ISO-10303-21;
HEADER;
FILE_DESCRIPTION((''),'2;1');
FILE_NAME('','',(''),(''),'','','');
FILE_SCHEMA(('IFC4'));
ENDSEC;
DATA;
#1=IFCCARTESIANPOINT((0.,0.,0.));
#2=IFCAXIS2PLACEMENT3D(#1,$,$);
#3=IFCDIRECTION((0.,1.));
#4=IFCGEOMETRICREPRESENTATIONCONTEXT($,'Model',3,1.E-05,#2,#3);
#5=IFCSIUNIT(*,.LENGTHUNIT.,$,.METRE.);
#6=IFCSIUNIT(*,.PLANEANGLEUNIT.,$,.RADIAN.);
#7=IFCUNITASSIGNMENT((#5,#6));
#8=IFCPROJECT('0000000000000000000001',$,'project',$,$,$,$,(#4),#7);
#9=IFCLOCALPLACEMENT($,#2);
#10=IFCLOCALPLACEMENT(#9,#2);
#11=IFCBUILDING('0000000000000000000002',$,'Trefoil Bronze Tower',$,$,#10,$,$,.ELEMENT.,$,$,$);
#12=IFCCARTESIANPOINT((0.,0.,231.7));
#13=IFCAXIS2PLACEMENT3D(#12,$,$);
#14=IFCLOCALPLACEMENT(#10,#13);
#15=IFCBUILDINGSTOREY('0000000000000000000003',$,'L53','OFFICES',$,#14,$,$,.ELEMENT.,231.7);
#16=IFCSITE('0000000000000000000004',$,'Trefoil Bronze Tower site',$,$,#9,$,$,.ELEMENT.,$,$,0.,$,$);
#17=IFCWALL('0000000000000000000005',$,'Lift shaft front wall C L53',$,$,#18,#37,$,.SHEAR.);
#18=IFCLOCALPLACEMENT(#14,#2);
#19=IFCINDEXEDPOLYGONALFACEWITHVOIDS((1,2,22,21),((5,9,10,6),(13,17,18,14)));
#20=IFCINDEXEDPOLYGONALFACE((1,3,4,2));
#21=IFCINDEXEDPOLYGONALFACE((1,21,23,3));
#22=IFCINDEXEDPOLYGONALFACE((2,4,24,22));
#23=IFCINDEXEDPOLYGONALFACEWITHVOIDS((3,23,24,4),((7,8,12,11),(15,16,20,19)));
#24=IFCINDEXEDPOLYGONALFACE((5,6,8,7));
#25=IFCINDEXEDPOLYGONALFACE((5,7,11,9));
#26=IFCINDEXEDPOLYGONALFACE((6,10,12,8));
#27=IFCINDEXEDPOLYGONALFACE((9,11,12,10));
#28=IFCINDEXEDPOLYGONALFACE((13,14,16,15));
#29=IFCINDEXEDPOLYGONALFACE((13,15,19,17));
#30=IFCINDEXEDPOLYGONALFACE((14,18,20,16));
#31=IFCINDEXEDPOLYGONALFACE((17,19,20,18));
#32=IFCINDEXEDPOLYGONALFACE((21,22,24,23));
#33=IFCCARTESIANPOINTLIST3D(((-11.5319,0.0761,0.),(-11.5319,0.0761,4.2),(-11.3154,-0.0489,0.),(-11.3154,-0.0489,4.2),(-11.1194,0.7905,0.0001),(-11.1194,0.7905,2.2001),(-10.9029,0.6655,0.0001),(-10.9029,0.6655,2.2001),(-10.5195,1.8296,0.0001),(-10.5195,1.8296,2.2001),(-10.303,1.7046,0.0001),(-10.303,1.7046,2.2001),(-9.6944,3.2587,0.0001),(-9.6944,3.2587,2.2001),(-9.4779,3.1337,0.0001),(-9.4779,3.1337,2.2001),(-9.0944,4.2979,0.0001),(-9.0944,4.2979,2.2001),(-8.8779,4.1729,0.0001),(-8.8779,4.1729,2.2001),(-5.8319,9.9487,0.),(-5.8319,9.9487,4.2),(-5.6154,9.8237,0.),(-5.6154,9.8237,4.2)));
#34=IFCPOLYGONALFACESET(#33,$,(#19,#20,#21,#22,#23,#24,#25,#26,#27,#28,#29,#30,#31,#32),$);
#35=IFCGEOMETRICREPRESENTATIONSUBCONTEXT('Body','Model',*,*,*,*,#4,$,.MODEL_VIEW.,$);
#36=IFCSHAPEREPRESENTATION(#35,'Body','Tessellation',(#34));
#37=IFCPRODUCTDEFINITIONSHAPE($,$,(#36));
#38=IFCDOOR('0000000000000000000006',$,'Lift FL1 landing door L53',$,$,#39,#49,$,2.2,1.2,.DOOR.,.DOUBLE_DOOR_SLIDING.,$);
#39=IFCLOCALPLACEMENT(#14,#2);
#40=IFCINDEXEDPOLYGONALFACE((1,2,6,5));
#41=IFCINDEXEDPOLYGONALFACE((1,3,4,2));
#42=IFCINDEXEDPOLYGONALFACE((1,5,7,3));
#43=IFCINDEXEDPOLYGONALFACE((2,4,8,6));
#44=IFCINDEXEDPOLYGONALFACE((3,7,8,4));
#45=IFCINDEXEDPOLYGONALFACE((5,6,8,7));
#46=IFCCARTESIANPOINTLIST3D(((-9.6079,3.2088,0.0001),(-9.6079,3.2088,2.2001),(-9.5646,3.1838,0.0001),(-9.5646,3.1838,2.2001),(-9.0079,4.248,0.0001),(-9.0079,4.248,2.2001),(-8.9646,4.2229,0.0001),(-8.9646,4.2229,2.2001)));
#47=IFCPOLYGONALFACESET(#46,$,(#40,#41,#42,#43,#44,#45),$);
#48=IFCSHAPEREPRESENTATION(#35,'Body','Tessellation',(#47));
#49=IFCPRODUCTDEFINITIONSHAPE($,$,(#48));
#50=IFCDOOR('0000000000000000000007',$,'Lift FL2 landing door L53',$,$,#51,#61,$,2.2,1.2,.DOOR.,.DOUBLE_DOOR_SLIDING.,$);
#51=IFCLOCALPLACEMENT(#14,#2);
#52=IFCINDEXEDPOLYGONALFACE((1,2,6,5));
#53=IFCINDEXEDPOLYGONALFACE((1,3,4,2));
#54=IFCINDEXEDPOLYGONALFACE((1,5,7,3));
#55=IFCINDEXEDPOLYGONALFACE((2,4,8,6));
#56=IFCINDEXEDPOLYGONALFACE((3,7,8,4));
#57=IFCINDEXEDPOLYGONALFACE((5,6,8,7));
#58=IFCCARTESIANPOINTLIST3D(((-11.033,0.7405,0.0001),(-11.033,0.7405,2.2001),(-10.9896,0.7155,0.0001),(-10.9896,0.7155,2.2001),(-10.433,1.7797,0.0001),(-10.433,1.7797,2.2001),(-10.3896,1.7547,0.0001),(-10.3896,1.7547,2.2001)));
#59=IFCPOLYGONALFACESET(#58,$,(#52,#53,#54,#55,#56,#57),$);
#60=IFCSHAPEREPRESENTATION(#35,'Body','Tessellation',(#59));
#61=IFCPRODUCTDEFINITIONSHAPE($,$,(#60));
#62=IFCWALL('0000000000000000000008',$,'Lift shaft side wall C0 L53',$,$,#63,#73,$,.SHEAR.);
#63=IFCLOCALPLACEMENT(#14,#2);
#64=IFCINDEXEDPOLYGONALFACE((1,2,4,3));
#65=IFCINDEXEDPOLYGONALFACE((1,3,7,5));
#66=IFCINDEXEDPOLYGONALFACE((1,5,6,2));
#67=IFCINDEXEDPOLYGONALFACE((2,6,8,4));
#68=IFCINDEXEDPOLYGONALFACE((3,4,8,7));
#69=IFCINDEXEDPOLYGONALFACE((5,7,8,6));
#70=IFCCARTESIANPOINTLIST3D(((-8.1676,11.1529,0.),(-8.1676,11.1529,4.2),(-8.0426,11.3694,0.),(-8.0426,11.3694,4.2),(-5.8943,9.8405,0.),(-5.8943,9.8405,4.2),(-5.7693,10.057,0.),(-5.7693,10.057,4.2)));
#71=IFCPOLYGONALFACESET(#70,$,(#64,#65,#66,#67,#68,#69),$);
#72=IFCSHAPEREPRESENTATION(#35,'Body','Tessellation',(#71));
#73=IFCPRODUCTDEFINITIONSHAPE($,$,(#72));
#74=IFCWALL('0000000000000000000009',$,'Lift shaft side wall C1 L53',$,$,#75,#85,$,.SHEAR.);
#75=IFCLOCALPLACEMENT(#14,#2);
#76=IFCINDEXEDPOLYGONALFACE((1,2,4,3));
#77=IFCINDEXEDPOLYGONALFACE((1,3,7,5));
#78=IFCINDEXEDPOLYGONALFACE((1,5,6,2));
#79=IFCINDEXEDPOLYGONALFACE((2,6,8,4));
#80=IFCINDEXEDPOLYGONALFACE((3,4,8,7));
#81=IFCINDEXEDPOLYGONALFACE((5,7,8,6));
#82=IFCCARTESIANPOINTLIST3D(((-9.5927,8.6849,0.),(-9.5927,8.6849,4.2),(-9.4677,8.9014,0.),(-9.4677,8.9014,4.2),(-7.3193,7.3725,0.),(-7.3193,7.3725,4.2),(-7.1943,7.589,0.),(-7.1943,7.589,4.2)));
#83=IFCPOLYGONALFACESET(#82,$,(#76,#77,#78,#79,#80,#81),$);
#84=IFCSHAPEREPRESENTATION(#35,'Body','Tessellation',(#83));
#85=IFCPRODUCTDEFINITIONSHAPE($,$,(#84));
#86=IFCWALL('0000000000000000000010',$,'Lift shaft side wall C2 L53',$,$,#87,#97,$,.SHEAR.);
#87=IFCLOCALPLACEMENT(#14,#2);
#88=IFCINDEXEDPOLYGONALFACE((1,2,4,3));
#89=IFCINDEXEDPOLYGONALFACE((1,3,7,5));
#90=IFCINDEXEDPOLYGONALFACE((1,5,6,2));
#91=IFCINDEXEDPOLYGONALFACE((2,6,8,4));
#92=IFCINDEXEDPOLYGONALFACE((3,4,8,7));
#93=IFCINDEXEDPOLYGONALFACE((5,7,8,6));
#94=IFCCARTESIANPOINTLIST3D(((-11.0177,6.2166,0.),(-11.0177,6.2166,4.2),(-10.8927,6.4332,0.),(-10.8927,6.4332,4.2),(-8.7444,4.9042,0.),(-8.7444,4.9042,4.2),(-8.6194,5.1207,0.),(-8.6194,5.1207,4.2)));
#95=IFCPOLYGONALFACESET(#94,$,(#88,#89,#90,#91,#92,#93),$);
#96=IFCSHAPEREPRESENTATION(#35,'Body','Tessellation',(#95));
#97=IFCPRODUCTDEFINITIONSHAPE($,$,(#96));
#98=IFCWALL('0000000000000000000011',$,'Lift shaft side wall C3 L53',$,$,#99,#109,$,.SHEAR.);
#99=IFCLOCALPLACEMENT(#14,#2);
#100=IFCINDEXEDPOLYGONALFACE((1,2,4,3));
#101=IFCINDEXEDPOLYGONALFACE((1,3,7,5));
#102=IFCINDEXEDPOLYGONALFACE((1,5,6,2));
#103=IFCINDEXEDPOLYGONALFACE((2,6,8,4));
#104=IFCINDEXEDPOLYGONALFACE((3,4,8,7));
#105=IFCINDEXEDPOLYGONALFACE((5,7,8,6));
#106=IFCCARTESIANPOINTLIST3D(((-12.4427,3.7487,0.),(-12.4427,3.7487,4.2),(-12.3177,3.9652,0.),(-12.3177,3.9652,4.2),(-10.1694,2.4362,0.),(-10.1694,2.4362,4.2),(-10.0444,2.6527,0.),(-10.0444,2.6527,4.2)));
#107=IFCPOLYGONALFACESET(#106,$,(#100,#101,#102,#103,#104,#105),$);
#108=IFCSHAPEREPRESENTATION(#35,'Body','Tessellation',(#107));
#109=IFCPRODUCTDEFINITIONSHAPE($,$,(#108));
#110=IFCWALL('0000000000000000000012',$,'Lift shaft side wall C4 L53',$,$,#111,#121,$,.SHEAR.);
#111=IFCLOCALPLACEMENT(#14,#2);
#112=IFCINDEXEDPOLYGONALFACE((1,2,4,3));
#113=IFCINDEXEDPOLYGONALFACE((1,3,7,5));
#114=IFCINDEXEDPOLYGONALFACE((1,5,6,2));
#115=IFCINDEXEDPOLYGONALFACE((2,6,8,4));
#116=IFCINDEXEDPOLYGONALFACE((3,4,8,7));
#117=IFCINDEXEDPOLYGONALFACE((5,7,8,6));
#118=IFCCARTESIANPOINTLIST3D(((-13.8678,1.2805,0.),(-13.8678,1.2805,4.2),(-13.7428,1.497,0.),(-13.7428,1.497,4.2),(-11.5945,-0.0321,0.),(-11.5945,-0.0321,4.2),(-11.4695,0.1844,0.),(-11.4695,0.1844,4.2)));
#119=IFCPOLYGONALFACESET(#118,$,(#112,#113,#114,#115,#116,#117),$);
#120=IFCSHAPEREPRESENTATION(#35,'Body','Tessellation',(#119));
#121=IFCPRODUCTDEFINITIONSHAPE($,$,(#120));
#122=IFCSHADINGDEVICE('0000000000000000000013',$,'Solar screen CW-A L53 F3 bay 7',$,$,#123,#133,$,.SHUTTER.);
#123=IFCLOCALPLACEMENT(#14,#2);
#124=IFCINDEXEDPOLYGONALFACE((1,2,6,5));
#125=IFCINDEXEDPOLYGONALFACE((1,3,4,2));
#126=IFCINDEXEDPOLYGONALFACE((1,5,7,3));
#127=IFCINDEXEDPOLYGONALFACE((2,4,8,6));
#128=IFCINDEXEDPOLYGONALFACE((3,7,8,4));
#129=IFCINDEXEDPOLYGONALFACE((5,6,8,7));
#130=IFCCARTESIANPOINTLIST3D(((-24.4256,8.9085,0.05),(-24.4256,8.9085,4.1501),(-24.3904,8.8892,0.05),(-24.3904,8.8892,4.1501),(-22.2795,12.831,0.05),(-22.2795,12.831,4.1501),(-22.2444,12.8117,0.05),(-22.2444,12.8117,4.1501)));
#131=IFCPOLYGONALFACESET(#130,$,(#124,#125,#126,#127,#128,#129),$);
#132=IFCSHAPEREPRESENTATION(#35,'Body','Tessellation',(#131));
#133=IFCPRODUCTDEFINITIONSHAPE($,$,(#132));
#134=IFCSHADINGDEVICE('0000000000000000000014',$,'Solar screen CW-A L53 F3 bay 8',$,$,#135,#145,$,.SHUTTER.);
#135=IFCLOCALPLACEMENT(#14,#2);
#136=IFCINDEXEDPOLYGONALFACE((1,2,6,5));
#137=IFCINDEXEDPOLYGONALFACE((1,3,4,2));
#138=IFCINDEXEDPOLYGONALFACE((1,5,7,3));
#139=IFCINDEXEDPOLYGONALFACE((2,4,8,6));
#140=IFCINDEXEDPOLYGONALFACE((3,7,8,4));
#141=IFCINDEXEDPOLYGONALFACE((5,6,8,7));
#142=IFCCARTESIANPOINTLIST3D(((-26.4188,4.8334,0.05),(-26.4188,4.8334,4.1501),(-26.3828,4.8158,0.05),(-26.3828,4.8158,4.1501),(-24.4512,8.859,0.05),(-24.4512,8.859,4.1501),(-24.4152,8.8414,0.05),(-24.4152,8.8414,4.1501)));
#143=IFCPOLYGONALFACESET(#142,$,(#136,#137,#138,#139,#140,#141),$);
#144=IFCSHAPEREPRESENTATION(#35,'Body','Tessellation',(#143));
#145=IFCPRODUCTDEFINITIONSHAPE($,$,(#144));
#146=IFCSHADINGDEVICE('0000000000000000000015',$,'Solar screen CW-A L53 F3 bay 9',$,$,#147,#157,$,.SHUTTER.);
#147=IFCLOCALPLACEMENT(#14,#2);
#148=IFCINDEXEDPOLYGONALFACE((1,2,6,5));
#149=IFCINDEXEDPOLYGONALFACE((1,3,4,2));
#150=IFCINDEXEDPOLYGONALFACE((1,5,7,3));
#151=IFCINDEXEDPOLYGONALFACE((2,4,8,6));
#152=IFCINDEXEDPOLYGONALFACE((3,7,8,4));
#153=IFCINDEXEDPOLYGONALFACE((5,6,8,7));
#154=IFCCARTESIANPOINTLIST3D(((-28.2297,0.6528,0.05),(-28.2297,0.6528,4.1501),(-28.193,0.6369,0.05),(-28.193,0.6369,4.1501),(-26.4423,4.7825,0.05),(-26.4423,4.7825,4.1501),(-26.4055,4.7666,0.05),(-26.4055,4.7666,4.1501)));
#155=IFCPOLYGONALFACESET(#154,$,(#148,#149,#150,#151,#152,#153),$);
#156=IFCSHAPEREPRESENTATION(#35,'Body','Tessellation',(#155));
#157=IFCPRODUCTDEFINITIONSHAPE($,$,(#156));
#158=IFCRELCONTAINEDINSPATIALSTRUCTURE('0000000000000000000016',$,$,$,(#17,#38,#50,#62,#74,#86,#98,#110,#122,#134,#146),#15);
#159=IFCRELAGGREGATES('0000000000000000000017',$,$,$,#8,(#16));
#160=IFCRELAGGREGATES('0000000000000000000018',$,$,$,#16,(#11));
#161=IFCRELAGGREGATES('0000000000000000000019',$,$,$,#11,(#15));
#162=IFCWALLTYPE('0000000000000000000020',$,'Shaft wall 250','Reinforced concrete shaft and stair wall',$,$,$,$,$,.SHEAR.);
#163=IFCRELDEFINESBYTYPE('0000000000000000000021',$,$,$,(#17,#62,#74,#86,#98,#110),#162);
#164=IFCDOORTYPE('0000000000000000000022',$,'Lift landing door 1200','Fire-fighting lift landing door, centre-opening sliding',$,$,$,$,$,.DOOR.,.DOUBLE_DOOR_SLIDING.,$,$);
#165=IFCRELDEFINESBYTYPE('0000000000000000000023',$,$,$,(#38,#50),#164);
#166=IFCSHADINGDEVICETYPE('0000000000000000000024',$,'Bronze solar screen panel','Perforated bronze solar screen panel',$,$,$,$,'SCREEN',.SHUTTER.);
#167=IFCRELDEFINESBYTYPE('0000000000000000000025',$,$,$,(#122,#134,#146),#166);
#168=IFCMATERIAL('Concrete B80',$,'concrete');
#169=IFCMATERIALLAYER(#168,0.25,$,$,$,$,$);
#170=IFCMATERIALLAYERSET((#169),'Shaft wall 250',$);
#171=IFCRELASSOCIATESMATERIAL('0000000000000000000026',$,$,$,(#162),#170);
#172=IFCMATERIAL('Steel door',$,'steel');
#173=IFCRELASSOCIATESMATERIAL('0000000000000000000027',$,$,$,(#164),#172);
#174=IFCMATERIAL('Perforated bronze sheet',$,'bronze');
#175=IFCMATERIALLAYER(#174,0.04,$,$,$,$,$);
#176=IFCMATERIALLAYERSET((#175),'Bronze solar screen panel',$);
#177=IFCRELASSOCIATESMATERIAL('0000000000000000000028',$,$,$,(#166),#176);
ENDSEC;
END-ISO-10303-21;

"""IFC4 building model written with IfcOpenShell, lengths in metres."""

from ifc_helpers import new_model, si_unit, direction, frame, frame_2d, origin, origin_2d, place, context, subcontext, project, spatial, rectangle, extrude, material, layer, layer_set, type_object, element, fill, save


model = new_model("IFC4")

# Units and contexts
model_context = context("Model", 3, precision=1e-05, world=origin(), true_north=direction((0.0, 1.0)))
body_context = subcontext(model_context, "Body", "Model", "MODEL_VIEW")
ifc_project = project(units=[si_unit("LENGTHUNIT", "METRE"), si_unit("PLANEANGLEUNIT", "RADIAN")], contexts=[model_context])

# Site, building, storey
site_placement = place(None, origin())
site = spatial("IfcSite", under=ifc_project, at=site_placement, Name="Trefoil Bronze Tower site", CompositionType="ELEMENT", RefElevation=0.0)
building_placement = place(site_placement, origin())
building = spatial("IfcBuilding", under=site, at=building_placement, Name="Trefoil Bronze Tower", CompositionType="ELEMENT")
storey_placement = place(building_placement, frame((0.0, 0.0, 231.7)))
storey = spatial("IfcBuildingStorey", under=building, at=storey_placement, Name="L53", Description="OFFICES", CompositionType="ELEMENT", Elevation=231.7)

# Wall, openings, doors
ifc_material_1 = material(Name="Concrete B80", Category="concrete")
ifc_layer_1 = layer(ifc_material_1, 0.25)
ifc_layer_set_1 = layer_set([ifc_layer_1], Name="Shaft wall 250")
wall_type_1 = type_object("IfcWallType", Name="Shaft wall 250", Description="Reinforced concrete shaft and stair wall", PredefinedType="SHEAR", material=ifc_layer_set_1)
wall_1_placement = place(storey_placement, frame((-5.7236, 9.8862, 0.0), z_axis=(0.0, 0.0, 1.0), x_axis=(-0.500002, -0.866024, 0.0)))
wall_1 = element("IfcWall", 1, at=wall_1_placement, inside=storey, type_object=wall_type_1, Name="Lift shaft front wall C L53", PredefinedType="SHEAR", context=body_context, shape_type="SweptSolid", body=[
    extrude(rectangle(XDim=11.3999, YDim=0.25, at=frame_2d((5.7, 0.0))), origin(), (0.0, 0.0, 1.0), 4.2),
])
opening_1_placement = place(wall_1_placement, frame((6.5249, 0.0, 0.0)))
opening_1 = element("IfcOpeningElement", 2, at=opening_1_placement, cuts=wall_1, PredefinedType="OPENING", context=body_context, shape_type="SweptSolid", body=[
    extrude(rectangle(XDim=1.2, YDim=2.2, at=frame_2d((0.6001, 1.1001))), frame((0.0, 0.135, 0.0), z_axis=(0.0, -1.0, 0.0), x_axis=(1.0, 0.0, 0.0)), (0.0, 0.0, 1.0), 0.27),
])
opening_2_placement = place(wall_1_placement, frame((9.375, 0.0, 0.0)))
opening_2 = element("IfcOpeningElement", 3, at=opening_2_placement, cuts=wall_1, PredefinedType="OPENING", context=body_context, shape_type="SweptSolid", body=[
    extrude(rectangle(XDim=1.2, YDim=2.2, at=frame_2d((0.6001, 1.1001))), frame((0.0, 0.135, 0.0), z_axis=(0.0, -1.0, 0.0), x_axis=(1.0, 0.0, 0.0)), (0.0, 0.0, 1.0), 0.27),
])
ifc_material_2 = material(Name="Steel door", Category="steel")
door_type = type_object("IfcDoorType", Name="Lift landing door 1200", Description="Fire-fighting lift landing door, centre-opening sliding", OperationType="DOUBLE_DOOR_SLIDING", PredefinedType="DOOR", material=ifc_material_2)
door_1_placement = place(opening_1_placement, origin())
door_1 = element("IfcDoor", 4, at=door_1_placement, inside=storey, type_object=door_type, Name="Lift FL1 landing door L53", OperationType="DOUBLE_DOOR_SLIDING", OverallHeight=2.2, OverallWidth=1.2, PredefinedType="DOOR", context=body_context, shape_type="SweptSolid", body=[
    extrude(rectangle(XDim=1.2, YDim=2.2, at=frame_2d((0.6001, 1.1001))), frame((0.0, 0.0249, 0.0), z_axis=(0.0, -1.0, 0.0), x_axis=(1.0, 0.0, 0.0)), (0.0, 0.0, 1.0), 0.05),
])
fill(opening_1, door_1)
door_2_placement = place(opening_2_placement, origin())
door_2 = element("IfcDoor", 5, at=door_2_placement, inside=storey, type_object=door_type, Name="Lift FL2 landing door L53", OperationType="DOUBLE_DOOR_SLIDING", OverallHeight=2.2, OverallWidth=1.2, PredefinedType="DOOR", context=body_context, shape_type="SweptSolid", body=[
    extrude(rectangle(XDim=1.2, YDim=2.2, at=frame_2d((0.6001, 1.1001))), frame((0.0, 0.0249, 0.0), z_axis=(0.0, -1.0, 0.0), x_axis=(1.0, 0.0, 0.0)), (0.0, 0.0, 1.0), 0.05),
])
fill(opening_2, door_2)

# Walls
for number, where, z_axis, x_axis, name in (
    (6, (-5.8318, 9.9487, 0.0), (0.0, 0.0, 1.0), (-0.866037, 0.49998, 0.0), "Lift shaft side wall C0 L53"),
    (7, (-7.2568, 7.4807, 0.0), (0.0, 0.0, 1.0), (-0.866037, 0.49998, 0.0), "Lift shaft side wall C1 L53"),
    (8, (-8.6819, 5.0125, 0.0), (0.0, 0.0, 1.0), (-0.866037, 0.49998, 0.0), "Lift shaft side wall C2 L53"),
    (9, (-10.1069, 2.5444, 0.0), (0.0, 0.0, 1.0), (-0.866014, 0.50002, 0.0), "Lift shaft side wall C3 L53"),
    (10, (-11.532, 0.0762, 0.0), (0.0, 0.0, 1.0), (-0.866014, 0.50002, 0.0), "Lift shaft side wall C4 L53"),
):
    element("IfcWall", number, at=place(storey_placement, frame(where, z_axis=z_axis, x_axis=x_axis)), inside=storey, type_object=wall_type_1, Name=name, PredefinedType="SHEAR", context=body_context, shape_type="SweptSolid", body=[
        extrude(rectangle(XDim=2.625, YDim=0.25, at=frame_2d((1.3125, 0.0))), origin(), (0.0, 0.0, 1.0), 4.2),
    ])

# Shading devices
ifc_material_3 = material(Name="Perforated bronze sheet", Category="bronze")
ifc_layer_2 = layer(ifc_material_3, 0.04)
ifc_layer_set_2 = layer_set([ifc_layer_2], Name="Bronze solar screen panel")
shading_device_type = type_object("IfcShadingDeviceType", Name="Bronze solar screen panel", Description="Perforated bronze solar screen panel", ElementType="SCREEN", PredefinedType="SHUTTER", material=ifc_layer_set_2)
shading_device_1_placement = place(storey_placement, frame((-23.335, 10.8601, 0.05), z_axis=(0.0, 0.0, 1.0), x_axis=(-0.479974, -0.877283, 0.0)))
element("IfcShadingDevice", 11, at=shading_device_1_placement, inside=storey, type_object=shading_device_type, Name="Solar screen CW-A L53 F3 bay 7", PredefinedType="SHUTTER", context=body_context, shape_type="SweptSolid", body=[
    extrude(rectangle(XDim=4.4712, YDim=0.04, at=origin_2d()), origin(), (0.0, 0.0, 1.0), 4.1001),
])
shading_device_2_placement = place(storey_placement, frame((-25.417, 6.8374, 0.05), z_axis=(0.0, 0.0, 1.0), x_axis=(-0.439129, -0.898424, 0.0)))
element("IfcShadingDevice", 12, at=shading_device_2_placement, inside=storey, type_object=shading_device_type, Name="Solar screen CW-A L53 F3 bay 8", PredefinedType="SHUTTER", context=body_context, shape_type="SweptSolid", body=[
    extrude(rectangle(XDim=4.4807, YDim=0.04, at=origin_2d()), origin(), (0.0, 0.0, 1.0), 4.1001),
])
shading_device_3_placement = place(storey_placement, frame((-27.3176, 2.7097, 0.05), z_axis=(0.0, 0.0, 1.0), x_axis=(-0.39722, -0.917723, 0.0)))
element("IfcShadingDevice", 13, at=shading_device_3_placement, inside=storey, type_object=shading_device_type, Name="Solar screen CW-A L53 F3 bay 9", PredefinedType="SHUTTER", context=body_context, shape_type="SweptSolid", body=[
    extrude(rectangle(XDim=4.5, YDim=0.04, at=origin_2d()), origin(), (0.0, 0.0, 1.0), 4.1001),
])

save(model, "model.ifc")
